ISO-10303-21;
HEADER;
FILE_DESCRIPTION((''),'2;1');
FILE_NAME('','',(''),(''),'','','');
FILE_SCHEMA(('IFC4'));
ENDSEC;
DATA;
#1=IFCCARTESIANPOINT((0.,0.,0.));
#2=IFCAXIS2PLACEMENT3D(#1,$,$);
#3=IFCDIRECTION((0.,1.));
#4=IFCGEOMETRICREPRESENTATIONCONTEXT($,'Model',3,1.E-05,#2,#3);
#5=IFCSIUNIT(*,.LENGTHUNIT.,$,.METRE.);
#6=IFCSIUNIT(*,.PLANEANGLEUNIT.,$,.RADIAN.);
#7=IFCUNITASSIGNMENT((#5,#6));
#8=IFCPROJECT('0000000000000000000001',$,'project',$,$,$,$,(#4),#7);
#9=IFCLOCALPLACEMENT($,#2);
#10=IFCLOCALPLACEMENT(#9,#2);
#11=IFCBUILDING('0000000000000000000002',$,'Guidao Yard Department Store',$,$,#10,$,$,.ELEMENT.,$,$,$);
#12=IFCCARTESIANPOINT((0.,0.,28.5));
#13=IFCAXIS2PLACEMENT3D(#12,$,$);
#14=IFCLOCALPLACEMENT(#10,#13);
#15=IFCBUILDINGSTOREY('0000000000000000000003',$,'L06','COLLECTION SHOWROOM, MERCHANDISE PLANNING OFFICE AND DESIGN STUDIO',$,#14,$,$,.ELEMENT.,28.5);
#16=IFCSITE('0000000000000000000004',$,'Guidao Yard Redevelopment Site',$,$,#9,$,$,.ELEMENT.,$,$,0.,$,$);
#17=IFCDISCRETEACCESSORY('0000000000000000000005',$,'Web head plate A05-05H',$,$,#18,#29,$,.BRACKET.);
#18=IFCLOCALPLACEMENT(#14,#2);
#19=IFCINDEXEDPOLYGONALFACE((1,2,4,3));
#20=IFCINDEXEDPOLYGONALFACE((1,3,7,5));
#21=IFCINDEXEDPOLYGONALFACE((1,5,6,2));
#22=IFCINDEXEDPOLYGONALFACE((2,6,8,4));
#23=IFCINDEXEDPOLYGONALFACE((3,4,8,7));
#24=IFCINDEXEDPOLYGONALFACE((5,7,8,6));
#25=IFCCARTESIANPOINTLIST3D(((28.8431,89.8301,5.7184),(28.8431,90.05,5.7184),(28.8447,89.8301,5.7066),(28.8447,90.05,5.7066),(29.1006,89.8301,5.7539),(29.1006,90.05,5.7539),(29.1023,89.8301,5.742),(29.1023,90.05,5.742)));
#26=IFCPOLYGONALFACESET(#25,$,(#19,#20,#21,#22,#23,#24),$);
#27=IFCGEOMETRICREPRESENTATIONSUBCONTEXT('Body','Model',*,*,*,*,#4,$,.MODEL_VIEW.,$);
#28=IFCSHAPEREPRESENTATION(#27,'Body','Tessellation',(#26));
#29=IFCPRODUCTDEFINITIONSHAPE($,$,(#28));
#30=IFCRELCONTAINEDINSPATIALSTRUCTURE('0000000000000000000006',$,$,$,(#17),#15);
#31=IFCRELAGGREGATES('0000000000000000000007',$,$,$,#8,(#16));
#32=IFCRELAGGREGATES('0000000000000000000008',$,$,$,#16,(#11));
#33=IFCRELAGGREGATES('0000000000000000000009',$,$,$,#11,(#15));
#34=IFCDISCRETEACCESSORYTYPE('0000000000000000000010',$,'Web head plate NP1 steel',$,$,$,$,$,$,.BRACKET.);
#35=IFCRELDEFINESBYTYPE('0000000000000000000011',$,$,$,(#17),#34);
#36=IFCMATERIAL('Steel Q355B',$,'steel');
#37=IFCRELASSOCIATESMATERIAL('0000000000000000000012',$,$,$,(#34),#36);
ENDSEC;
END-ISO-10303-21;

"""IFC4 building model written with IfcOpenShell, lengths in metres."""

from ifc_helpers import new_model, si_unit, direction, frame, origin, origin_2d, place, context, subcontext, project, spatial, rectangle, extrude, material, material_profile, profile_set, type_object, element, save


model = new_model("IFC4")

# Units and contexts
model_context = context("Model", 3, precision=1e-05, world=origin(), true_north=direction((0.0, 1.0)))
body_context = subcontext(model_context, "Body", "Model", "MODEL_VIEW")
ifc_project = project(units=[si_unit("LENGTHUNIT", "METRE"), si_unit("PLANEANGLEUNIT", "RADIAN")], contexts=[model_context])

# Site, building, storey
site_placement = place(None, origin())
site = spatial("IfcSite", under=ifc_project, at=site_placement, Name="Guidao Yard Redevelopment Site", CompositionType="ELEMENT", RefElevation=0.0)
building_placement = place(site_placement, origin())
building = spatial("IfcBuilding", under=site, at=building_placement, Name="Guidao Yard Department Store", CompositionType="ELEMENT")
storey_placement = place(building_placement, frame((0.0, 0.0, 28.5)))
storey = spatial("IfcBuildingStorey", under=building, at=storey_placement, Name="L06", Description="COLLECTION SHOWROOM, MERCHANDISE PLANNING OFFICE AND DESIGN STUDIO", CompositionType="ELEMENT", Elevation=28.5)

# Discrete accessory
ifc_material_1 = material(Name="Steel Q355B", Category="steel")
ifc_material_profile_1 = material_profile(ifc_material_1, rectangle(XDim=0.26, YDim=0.012, at=origin_2d()), Name="Node plate 260x12")
ifc_profile_set_1 = profile_set([ifc_material_profile_1], Name="Steel Q355B")
discrete_accessory_type_1 = type_object("IfcDiscreteAccessoryType", Name="Web head plate NP1 steel", PredefinedType="BRACKET", material=ifc_profile_set_1)
for number, where, z_axis, x_axis, name in (
    (1, (28.9727, 89.8301, 5.7302), (0.0, 1.0, 0.0), (-0.990647, 0.0, -0.136449), "Web head plate A05-05H"),
):
    element("IfcDiscreteAccessory", number, at=place(storey_placement, frame(where, z_axis=z_axis, x_axis=x_axis)), inside=storey, type_object=discrete_accessory_type_1, Name=name, PredefinedType="BRACKET", context=body_context, shape_type="SweptSolid", body=[
        extrude(rectangle(XDim=0.26, YDim=0.012, at=origin_2d()), origin(), (0.0, 0.0, 1.0), 0.22),
    ])

save(model, "model.ifc")
